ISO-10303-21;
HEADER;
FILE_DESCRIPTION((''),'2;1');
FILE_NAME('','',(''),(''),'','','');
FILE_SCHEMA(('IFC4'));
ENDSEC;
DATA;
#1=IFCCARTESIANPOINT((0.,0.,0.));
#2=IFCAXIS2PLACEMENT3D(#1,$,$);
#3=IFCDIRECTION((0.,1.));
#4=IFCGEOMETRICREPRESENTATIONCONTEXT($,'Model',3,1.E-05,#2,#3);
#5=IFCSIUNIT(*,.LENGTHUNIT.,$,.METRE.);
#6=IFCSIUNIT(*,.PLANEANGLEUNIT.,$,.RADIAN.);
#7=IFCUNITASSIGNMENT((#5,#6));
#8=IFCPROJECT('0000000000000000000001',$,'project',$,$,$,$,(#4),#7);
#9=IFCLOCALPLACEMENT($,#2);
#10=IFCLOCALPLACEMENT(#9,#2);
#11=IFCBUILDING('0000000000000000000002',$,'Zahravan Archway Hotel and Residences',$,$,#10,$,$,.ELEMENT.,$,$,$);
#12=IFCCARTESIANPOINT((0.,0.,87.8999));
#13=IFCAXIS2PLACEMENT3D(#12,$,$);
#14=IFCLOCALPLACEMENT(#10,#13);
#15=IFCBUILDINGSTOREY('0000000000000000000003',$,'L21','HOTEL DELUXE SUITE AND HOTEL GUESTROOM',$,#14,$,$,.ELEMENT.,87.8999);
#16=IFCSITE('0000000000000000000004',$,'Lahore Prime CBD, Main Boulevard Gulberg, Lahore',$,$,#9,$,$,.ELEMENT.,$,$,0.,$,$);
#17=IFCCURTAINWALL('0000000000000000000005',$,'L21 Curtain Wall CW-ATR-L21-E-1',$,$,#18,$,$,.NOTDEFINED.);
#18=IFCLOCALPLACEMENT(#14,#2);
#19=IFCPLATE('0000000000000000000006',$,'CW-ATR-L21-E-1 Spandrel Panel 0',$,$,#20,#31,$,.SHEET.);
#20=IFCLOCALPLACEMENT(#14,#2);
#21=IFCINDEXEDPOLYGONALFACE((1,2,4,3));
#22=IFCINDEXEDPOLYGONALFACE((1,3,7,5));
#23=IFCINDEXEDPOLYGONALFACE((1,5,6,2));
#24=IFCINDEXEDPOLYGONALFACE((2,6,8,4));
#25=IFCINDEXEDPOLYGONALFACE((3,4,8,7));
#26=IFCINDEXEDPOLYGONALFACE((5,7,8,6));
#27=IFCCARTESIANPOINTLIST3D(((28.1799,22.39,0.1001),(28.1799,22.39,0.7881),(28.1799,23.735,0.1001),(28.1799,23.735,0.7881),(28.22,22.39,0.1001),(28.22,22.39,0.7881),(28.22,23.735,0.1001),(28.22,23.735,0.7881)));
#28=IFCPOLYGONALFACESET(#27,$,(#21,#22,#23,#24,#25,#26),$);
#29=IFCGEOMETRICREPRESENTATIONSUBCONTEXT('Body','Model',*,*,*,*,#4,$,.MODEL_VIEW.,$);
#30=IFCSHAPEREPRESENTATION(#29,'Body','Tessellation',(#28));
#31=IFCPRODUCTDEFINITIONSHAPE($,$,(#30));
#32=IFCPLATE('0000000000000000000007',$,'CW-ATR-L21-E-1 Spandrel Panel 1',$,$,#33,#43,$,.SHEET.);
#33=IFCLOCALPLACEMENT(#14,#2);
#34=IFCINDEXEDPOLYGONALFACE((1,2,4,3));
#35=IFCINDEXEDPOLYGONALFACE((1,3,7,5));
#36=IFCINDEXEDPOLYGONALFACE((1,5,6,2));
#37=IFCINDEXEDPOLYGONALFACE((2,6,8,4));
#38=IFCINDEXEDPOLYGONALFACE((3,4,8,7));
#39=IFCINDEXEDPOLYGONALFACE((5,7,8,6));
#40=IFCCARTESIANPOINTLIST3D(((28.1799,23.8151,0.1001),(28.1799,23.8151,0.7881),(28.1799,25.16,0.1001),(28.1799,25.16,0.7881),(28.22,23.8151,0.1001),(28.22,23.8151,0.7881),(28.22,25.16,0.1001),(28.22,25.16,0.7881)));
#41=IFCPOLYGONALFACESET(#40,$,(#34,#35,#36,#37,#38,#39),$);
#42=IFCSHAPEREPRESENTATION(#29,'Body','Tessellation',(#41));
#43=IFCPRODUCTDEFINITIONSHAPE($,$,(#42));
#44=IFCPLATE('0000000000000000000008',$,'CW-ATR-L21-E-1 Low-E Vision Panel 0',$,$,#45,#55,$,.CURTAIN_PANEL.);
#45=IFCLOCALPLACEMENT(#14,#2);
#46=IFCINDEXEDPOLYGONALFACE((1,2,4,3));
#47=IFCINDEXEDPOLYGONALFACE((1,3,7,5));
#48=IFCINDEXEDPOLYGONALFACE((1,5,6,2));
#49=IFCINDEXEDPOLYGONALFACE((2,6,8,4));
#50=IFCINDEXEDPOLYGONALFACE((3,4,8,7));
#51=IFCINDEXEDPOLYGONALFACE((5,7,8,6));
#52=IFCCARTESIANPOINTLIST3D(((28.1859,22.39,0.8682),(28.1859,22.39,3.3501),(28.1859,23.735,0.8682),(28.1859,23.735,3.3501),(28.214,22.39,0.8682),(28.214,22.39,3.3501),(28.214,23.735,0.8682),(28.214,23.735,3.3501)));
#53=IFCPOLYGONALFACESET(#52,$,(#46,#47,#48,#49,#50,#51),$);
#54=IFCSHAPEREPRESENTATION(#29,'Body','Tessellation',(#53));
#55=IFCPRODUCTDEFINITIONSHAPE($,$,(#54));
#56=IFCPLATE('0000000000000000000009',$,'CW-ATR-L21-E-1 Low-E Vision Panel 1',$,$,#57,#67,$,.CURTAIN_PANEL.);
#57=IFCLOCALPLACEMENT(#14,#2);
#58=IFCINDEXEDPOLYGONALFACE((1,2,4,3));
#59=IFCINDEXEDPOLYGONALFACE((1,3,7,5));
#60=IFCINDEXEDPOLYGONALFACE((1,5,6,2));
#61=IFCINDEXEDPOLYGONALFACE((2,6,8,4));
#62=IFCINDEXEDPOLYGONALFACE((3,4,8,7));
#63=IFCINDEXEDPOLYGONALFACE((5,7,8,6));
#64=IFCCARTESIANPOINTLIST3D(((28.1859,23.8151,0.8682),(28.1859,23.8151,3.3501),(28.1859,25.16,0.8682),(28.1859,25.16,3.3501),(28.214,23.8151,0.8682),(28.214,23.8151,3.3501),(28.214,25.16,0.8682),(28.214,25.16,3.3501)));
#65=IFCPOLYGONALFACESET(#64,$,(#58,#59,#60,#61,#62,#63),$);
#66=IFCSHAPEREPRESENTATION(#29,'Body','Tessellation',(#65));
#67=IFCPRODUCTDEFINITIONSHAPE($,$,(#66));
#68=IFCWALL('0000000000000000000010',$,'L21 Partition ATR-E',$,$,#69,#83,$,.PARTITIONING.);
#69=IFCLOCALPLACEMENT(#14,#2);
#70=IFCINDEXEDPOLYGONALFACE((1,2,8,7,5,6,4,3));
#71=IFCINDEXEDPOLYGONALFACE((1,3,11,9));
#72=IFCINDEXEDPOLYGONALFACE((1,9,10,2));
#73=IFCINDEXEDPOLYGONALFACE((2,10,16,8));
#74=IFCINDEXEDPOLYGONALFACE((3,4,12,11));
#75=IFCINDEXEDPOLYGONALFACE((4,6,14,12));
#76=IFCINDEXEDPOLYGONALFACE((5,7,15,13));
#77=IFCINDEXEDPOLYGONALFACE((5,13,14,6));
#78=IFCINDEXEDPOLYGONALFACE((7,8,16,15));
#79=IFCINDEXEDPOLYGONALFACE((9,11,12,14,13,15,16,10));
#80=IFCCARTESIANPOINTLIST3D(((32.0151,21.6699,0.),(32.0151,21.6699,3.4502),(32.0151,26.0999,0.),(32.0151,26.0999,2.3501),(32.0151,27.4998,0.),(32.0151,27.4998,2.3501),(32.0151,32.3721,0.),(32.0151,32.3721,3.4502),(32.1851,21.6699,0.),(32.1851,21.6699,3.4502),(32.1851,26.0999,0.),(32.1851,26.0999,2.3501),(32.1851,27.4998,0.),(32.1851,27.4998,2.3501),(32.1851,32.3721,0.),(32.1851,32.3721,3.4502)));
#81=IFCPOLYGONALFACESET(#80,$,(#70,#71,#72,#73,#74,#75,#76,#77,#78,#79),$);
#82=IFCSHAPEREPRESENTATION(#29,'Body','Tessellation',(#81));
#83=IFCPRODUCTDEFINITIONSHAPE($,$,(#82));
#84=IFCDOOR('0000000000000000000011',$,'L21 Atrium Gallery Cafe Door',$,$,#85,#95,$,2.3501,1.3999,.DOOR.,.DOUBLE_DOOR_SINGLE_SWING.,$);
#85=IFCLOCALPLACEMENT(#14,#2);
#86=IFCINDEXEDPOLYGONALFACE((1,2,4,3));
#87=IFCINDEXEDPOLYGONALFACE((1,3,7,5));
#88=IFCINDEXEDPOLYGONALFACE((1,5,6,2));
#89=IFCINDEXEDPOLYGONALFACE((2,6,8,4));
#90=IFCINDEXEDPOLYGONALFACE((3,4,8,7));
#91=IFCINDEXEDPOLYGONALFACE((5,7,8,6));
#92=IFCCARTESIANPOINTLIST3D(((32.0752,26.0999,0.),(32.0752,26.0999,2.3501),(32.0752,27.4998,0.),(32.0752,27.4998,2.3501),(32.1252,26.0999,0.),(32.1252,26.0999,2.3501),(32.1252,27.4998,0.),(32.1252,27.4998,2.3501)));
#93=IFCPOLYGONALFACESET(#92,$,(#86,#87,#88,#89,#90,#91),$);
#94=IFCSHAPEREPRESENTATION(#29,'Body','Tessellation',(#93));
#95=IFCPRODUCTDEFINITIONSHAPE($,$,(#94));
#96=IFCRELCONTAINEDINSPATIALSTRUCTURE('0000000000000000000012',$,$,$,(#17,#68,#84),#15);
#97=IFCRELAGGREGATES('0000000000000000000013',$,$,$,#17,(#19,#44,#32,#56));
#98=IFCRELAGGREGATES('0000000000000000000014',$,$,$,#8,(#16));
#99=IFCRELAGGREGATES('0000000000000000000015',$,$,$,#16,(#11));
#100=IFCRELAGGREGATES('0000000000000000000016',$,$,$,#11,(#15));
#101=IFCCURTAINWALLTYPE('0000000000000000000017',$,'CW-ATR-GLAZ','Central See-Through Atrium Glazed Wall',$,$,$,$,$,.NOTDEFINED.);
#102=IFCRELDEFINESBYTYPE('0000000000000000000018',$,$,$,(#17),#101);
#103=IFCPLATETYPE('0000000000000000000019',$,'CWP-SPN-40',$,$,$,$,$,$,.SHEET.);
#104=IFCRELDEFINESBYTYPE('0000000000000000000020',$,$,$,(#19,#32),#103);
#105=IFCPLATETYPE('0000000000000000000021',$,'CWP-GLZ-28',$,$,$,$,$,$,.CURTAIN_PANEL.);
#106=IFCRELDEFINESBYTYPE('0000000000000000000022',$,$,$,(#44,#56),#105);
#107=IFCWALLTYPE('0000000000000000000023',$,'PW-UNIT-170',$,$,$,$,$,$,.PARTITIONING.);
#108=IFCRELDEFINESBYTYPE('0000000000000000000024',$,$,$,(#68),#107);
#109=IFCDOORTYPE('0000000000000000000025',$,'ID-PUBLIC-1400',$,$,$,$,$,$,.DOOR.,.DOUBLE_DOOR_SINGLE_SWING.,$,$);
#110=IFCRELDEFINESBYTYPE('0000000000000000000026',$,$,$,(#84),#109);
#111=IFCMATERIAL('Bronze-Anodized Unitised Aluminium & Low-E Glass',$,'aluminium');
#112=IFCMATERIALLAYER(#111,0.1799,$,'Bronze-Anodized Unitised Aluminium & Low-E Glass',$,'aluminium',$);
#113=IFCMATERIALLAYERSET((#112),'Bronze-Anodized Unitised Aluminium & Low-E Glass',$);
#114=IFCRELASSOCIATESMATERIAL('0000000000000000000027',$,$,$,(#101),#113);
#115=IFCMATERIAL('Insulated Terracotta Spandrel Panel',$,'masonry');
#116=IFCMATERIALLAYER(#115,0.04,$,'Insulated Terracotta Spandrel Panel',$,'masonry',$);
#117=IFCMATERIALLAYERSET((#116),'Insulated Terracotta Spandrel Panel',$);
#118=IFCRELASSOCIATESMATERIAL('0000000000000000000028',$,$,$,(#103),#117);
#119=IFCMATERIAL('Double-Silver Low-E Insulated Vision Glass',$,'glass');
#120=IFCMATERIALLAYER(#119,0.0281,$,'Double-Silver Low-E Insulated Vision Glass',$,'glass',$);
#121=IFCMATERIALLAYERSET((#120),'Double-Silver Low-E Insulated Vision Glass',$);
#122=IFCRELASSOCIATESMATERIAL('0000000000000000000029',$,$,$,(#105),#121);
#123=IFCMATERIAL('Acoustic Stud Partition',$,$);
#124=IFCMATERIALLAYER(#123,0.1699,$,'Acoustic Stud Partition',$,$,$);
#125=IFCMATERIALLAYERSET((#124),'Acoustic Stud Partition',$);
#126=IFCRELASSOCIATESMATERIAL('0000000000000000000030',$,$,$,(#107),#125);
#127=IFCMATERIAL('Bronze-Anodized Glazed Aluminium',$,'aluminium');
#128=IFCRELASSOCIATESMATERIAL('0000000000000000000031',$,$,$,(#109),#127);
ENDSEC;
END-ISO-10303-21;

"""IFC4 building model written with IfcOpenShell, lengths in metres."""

from ifc_helpers import new_model, si_unit, direction, frame, frame_2d, origin, origin_2d, place, context, subcontext, project, spatial, rectangle, extrude, source, transform, mapped, material, layer, layer_set, type_object, type_shapes, element, fill, aggregate, save


model = new_model("IFC4")

# Units and contexts
model_context = context("Model", 3, precision=1e-05, world=origin(), true_north=direction((0.0, 1.0)))
body_context = subcontext(model_context, "Body", "Model", "MODEL_VIEW")
ifc_project = project(units=[si_unit("LENGTHUNIT", "METRE"), si_unit("PLANEANGLEUNIT", "RADIAN")], contexts=[model_context])

# Site, building, storey
site_placement = place(None, origin())
site = spatial("IfcSite", under=ifc_project, at=site_placement, Name="Lahore Prime CBD, Main Boulevard Gulberg, Lahore", CompositionType="ELEMENT", RefElevation=0.0)
building_placement = place(site_placement, origin())
building = spatial("IfcBuilding", under=site, at=building_placement, Name="Zahravan Archway Hotel and Residences", CompositionType="ELEMENT")
storey_placement = place(building_placement, frame((0.0, 0.0, 87.8999)))
storey = spatial("IfcBuildingStorey", under=building, at=storey_placement, Name="L21", Description="HOTEL DELUXE SUITE AND HOTEL GUESTROOM", CompositionType="ELEMENT", Elevation=87.8999)

# Curtain wall
ifc_material_1 = material(Name="Bronze-Anodized Unitised Aluminium & Low-E Glass", Category="aluminium")
ifc_layer_1 = layer(ifc_material_1, 0.1799, Name="Bronze-Anodized Unitised Aluminium & Low-E Glass", Category="aluminium")
ifc_layer_set_1 = layer_set([ifc_layer_1], Name="Bronze-Anodized Unitised Aluminium & Low-E Glass")
curtain_wall_type = type_object("IfcCurtainWallType", Name="CW-ATR-GLAZ", Description="Central See-Through Atrium Glazed Wall", PredefinedType="NOTDEFINED", material=ifc_layer_set_1)
curtain_wall_1_placement = place(storey_placement, origin())
curtain_wall_1 = element("IfcCurtainWall", 1, at=curtain_wall_1_placement, inside=storey, type_object=curtain_wall_type, Name="L21 Curtain Wall CW-ATR-L21-E-1", PredefinedType="NOTDEFINED")

# Plates
ifc_material_2 = material(Name="Insulated Terracotta Spandrel Panel", Category="masonry")
ifc_layer_2 = layer(ifc_material_2, 0.04, Name="Insulated Terracotta Spandrel Panel", Category="masonry")
ifc_layer_set_2 = layer_set([ifc_layer_2], Name="Insulated Terracotta Spandrel Panel")
plate_type_1 = type_object("IfcPlateType", Name="CWP-SPN-40", PredefinedType="SHEET", material=ifc_layer_set_2)
ifc_material_3 = material(Name="Double-Silver Low-E Insulated Vision Glass", Category="glass")
ifc_layer_3 = layer(ifc_material_3, 0.0281, Name="Double-Silver Low-E Insulated Vision Glass", Category="glass")
ifc_layer_set_3 = layer_set([ifc_layer_3], Name="Double-Silver Low-E Insulated Vision Glass")
plate_type_2 = type_object("IfcPlateType", Name="CWP-GLZ-28", PredefinedType="CURTAIN_PANEL", material=ifc_layer_set_3)
shared_shape_1 = source(origin(), body_context, "Body", "SweptSolid", [
    extrude(rectangle(XDim=1.345, YDim=0.04, at=origin_2d()), origin(), (0.0, 0.0, 1.0), 0.688),
])
plate_1_placement = place(storey_placement, frame((28.2, 23.0625, 0.1001), z_axis=(0.0, 0.0, 1.0), x_axis=(0.0, 1.0, 0.0)))
plate_1 = element("IfcPlate", 2, at=plate_1_placement, type_object=plate_type_1, Name="CW-ATR-L21-E-1 Spandrel Panel 0", PredefinedType="SHEET", context=body_context, shape_type="MappedRepresentation", body=[
    mapped(shared_shape_1, transform((0.0, 0.0, 0.0), scale=1.0)),
])
plate_2_placement = place(storey_placement, frame((28.2, 24.4875, 0.1001), z_axis=(0.0, 0.0, 1.0), x_axis=(0.0, 1.0, 0.0)))
plate_2 = element("IfcPlate", 3, at=plate_2_placement, type_object=plate_type_1, Name="CW-ATR-L21-E-1 Spandrel Panel 1", PredefinedType="SHEET", context=body_context, shape_type="MappedRepresentation", body=[
    mapped(shared_shape_1, transform((0.0, 0.0, 0.0), scale=1.0)),
])
shared_shape_2 = source(origin(), body_context, "Body", "SweptSolid", [
    extrude(rectangle(XDim=1.345, YDim=0.0281, at=origin_2d()), origin(), (0.0, 0.0, 1.0), 2.4819),
])
plate_3_placement = place(storey_placement, frame((28.2, 23.0625, 0.8682), z_axis=(0.0, 0.0, 1.0), x_axis=(0.0, 1.0, 0.0)))
plate_3 = element("IfcPlate", 4, at=plate_3_placement, type_object=plate_type_2, Name="CW-ATR-L21-E-1 Low-E Vision Panel 0", PredefinedType="CURTAIN_PANEL", context=body_context, shape_type="MappedRepresentation", body=[
    mapped(shared_shape_2, transform((0.0, 0.0, 0.0), scale=1.0)),
])
plate_4_placement = place(storey_placement, frame((28.2, 24.4875, 0.8682), z_axis=(0.0, 0.0, 1.0), x_axis=(0.0, 1.0, 0.0)))
plate_4 = element("IfcPlate", 5, at=plate_4_placement, type_object=plate_type_2, Name="CW-ATR-L21-E-1 Low-E Vision Panel 1", PredefinedType="CURTAIN_PANEL", context=body_context, shape_type="MappedRepresentation", body=[
    mapped(shared_shape_2, transform((0.0, 0.0, 0.0), scale=1.0)),
])
aggregate(curtain_wall_1, [plate_1, plate_3, plate_2, plate_4])

# Wall, opening, door
ifc_material_4 = material(Name="Acoustic Stud Partition")
ifc_layer_4 = layer(ifc_material_4, 0.1699, Name="Acoustic Stud Partition")
ifc_layer_set_4 = layer_set([ifc_layer_4], Name="Acoustic Stud Partition")
wall_type = type_object("IfcWallType", Name="PW-UNIT-170", PredefinedType="PARTITIONING", material=ifc_layer_set_4)
wall_placement = place(storey_placement, frame((32.1001, 21.6699, 0.0), z_axis=(0.0, 0.0, 1.0), x_axis=(0.0, 1.0, 0.0)))
wall = element("IfcWall", 6, at=wall_placement, inside=storey, type_object=wall_type, Name="L21 Partition ATR-E", PredefinedType="PARTITIONING", context=body_context, shape_type="SweptSolid", body=[
    extrude(rectangle(XDim=10.7021, YDim=0.1699, at=frame_2d((5.3511, 0.0))), origin(), (0.0, 0.0, 1.0), 3.4502),
])
opening_placement = place(wall_placement, frame((4.4299, 0.0, 0.0)))
opening = element("IfcOpeningElement", 7, at=opening_placement, cuts=wall, PredefinedType="OPENING", context=body_context, shape_type="SweptSolid", body=[
    extrude(rectangle(XDim=1.3999, YDim=2.3501, at=frame_2d((0.7, 1.175))), frame((0.0, 0.095, 0.0), z_axis=(0.0, -1.0, 0.0), x_axis=(1.0, 0.0, 0.0)), (0.0, 0.0, 1.0), 0.1899),
])
ifc_material_5 = material(Name="Bronze-Anodized Glazed Aluminium", Category="aluminium")
door_type = type_object("IfcDoorType", Name="ID-PUBLIC-1400", OperationType="DOUBLE_DOOR_SINGLE_SWING", PredefinedType="DOOR", material=ifc_material_5)
shared_shape_3 = source(origin(), body_context, "Body", "SweptSolid", [
    extrude(rectangle(XDim=1.3999, YDim=2.3501, at=frame_2d((0.7, 1.175))), frame((0.0, 0.0249, 0.0), z_axis=(0.0, -1.0, 0.0), x_axis=(1.0, 0.0, 0.0)), (0.0, 0.0, 1.0), 0.05),
])
type_shapes(door_type, [shared_shape_3])
door_placement = place(opening_placement, origin())
door = element("IfcDoor", 8, at=door_placement, inside=storey, type_object=door_type, Name="L21 Atrium Gallery Cafe Door", OperationType="DOUBLE_DOOR_SINGLE_SWING", OverallHeight=2.3501, OverallWidth=1.3999, PredefinedType="DOOR", context=body_context, shape_type="MappedRepresentation", body=[
    mapped(shared_shape_3, transform((0.0, 0.0, 0.0), scale=1.0)),
])
fill(opening, door)

save(model, "model.ifc")
